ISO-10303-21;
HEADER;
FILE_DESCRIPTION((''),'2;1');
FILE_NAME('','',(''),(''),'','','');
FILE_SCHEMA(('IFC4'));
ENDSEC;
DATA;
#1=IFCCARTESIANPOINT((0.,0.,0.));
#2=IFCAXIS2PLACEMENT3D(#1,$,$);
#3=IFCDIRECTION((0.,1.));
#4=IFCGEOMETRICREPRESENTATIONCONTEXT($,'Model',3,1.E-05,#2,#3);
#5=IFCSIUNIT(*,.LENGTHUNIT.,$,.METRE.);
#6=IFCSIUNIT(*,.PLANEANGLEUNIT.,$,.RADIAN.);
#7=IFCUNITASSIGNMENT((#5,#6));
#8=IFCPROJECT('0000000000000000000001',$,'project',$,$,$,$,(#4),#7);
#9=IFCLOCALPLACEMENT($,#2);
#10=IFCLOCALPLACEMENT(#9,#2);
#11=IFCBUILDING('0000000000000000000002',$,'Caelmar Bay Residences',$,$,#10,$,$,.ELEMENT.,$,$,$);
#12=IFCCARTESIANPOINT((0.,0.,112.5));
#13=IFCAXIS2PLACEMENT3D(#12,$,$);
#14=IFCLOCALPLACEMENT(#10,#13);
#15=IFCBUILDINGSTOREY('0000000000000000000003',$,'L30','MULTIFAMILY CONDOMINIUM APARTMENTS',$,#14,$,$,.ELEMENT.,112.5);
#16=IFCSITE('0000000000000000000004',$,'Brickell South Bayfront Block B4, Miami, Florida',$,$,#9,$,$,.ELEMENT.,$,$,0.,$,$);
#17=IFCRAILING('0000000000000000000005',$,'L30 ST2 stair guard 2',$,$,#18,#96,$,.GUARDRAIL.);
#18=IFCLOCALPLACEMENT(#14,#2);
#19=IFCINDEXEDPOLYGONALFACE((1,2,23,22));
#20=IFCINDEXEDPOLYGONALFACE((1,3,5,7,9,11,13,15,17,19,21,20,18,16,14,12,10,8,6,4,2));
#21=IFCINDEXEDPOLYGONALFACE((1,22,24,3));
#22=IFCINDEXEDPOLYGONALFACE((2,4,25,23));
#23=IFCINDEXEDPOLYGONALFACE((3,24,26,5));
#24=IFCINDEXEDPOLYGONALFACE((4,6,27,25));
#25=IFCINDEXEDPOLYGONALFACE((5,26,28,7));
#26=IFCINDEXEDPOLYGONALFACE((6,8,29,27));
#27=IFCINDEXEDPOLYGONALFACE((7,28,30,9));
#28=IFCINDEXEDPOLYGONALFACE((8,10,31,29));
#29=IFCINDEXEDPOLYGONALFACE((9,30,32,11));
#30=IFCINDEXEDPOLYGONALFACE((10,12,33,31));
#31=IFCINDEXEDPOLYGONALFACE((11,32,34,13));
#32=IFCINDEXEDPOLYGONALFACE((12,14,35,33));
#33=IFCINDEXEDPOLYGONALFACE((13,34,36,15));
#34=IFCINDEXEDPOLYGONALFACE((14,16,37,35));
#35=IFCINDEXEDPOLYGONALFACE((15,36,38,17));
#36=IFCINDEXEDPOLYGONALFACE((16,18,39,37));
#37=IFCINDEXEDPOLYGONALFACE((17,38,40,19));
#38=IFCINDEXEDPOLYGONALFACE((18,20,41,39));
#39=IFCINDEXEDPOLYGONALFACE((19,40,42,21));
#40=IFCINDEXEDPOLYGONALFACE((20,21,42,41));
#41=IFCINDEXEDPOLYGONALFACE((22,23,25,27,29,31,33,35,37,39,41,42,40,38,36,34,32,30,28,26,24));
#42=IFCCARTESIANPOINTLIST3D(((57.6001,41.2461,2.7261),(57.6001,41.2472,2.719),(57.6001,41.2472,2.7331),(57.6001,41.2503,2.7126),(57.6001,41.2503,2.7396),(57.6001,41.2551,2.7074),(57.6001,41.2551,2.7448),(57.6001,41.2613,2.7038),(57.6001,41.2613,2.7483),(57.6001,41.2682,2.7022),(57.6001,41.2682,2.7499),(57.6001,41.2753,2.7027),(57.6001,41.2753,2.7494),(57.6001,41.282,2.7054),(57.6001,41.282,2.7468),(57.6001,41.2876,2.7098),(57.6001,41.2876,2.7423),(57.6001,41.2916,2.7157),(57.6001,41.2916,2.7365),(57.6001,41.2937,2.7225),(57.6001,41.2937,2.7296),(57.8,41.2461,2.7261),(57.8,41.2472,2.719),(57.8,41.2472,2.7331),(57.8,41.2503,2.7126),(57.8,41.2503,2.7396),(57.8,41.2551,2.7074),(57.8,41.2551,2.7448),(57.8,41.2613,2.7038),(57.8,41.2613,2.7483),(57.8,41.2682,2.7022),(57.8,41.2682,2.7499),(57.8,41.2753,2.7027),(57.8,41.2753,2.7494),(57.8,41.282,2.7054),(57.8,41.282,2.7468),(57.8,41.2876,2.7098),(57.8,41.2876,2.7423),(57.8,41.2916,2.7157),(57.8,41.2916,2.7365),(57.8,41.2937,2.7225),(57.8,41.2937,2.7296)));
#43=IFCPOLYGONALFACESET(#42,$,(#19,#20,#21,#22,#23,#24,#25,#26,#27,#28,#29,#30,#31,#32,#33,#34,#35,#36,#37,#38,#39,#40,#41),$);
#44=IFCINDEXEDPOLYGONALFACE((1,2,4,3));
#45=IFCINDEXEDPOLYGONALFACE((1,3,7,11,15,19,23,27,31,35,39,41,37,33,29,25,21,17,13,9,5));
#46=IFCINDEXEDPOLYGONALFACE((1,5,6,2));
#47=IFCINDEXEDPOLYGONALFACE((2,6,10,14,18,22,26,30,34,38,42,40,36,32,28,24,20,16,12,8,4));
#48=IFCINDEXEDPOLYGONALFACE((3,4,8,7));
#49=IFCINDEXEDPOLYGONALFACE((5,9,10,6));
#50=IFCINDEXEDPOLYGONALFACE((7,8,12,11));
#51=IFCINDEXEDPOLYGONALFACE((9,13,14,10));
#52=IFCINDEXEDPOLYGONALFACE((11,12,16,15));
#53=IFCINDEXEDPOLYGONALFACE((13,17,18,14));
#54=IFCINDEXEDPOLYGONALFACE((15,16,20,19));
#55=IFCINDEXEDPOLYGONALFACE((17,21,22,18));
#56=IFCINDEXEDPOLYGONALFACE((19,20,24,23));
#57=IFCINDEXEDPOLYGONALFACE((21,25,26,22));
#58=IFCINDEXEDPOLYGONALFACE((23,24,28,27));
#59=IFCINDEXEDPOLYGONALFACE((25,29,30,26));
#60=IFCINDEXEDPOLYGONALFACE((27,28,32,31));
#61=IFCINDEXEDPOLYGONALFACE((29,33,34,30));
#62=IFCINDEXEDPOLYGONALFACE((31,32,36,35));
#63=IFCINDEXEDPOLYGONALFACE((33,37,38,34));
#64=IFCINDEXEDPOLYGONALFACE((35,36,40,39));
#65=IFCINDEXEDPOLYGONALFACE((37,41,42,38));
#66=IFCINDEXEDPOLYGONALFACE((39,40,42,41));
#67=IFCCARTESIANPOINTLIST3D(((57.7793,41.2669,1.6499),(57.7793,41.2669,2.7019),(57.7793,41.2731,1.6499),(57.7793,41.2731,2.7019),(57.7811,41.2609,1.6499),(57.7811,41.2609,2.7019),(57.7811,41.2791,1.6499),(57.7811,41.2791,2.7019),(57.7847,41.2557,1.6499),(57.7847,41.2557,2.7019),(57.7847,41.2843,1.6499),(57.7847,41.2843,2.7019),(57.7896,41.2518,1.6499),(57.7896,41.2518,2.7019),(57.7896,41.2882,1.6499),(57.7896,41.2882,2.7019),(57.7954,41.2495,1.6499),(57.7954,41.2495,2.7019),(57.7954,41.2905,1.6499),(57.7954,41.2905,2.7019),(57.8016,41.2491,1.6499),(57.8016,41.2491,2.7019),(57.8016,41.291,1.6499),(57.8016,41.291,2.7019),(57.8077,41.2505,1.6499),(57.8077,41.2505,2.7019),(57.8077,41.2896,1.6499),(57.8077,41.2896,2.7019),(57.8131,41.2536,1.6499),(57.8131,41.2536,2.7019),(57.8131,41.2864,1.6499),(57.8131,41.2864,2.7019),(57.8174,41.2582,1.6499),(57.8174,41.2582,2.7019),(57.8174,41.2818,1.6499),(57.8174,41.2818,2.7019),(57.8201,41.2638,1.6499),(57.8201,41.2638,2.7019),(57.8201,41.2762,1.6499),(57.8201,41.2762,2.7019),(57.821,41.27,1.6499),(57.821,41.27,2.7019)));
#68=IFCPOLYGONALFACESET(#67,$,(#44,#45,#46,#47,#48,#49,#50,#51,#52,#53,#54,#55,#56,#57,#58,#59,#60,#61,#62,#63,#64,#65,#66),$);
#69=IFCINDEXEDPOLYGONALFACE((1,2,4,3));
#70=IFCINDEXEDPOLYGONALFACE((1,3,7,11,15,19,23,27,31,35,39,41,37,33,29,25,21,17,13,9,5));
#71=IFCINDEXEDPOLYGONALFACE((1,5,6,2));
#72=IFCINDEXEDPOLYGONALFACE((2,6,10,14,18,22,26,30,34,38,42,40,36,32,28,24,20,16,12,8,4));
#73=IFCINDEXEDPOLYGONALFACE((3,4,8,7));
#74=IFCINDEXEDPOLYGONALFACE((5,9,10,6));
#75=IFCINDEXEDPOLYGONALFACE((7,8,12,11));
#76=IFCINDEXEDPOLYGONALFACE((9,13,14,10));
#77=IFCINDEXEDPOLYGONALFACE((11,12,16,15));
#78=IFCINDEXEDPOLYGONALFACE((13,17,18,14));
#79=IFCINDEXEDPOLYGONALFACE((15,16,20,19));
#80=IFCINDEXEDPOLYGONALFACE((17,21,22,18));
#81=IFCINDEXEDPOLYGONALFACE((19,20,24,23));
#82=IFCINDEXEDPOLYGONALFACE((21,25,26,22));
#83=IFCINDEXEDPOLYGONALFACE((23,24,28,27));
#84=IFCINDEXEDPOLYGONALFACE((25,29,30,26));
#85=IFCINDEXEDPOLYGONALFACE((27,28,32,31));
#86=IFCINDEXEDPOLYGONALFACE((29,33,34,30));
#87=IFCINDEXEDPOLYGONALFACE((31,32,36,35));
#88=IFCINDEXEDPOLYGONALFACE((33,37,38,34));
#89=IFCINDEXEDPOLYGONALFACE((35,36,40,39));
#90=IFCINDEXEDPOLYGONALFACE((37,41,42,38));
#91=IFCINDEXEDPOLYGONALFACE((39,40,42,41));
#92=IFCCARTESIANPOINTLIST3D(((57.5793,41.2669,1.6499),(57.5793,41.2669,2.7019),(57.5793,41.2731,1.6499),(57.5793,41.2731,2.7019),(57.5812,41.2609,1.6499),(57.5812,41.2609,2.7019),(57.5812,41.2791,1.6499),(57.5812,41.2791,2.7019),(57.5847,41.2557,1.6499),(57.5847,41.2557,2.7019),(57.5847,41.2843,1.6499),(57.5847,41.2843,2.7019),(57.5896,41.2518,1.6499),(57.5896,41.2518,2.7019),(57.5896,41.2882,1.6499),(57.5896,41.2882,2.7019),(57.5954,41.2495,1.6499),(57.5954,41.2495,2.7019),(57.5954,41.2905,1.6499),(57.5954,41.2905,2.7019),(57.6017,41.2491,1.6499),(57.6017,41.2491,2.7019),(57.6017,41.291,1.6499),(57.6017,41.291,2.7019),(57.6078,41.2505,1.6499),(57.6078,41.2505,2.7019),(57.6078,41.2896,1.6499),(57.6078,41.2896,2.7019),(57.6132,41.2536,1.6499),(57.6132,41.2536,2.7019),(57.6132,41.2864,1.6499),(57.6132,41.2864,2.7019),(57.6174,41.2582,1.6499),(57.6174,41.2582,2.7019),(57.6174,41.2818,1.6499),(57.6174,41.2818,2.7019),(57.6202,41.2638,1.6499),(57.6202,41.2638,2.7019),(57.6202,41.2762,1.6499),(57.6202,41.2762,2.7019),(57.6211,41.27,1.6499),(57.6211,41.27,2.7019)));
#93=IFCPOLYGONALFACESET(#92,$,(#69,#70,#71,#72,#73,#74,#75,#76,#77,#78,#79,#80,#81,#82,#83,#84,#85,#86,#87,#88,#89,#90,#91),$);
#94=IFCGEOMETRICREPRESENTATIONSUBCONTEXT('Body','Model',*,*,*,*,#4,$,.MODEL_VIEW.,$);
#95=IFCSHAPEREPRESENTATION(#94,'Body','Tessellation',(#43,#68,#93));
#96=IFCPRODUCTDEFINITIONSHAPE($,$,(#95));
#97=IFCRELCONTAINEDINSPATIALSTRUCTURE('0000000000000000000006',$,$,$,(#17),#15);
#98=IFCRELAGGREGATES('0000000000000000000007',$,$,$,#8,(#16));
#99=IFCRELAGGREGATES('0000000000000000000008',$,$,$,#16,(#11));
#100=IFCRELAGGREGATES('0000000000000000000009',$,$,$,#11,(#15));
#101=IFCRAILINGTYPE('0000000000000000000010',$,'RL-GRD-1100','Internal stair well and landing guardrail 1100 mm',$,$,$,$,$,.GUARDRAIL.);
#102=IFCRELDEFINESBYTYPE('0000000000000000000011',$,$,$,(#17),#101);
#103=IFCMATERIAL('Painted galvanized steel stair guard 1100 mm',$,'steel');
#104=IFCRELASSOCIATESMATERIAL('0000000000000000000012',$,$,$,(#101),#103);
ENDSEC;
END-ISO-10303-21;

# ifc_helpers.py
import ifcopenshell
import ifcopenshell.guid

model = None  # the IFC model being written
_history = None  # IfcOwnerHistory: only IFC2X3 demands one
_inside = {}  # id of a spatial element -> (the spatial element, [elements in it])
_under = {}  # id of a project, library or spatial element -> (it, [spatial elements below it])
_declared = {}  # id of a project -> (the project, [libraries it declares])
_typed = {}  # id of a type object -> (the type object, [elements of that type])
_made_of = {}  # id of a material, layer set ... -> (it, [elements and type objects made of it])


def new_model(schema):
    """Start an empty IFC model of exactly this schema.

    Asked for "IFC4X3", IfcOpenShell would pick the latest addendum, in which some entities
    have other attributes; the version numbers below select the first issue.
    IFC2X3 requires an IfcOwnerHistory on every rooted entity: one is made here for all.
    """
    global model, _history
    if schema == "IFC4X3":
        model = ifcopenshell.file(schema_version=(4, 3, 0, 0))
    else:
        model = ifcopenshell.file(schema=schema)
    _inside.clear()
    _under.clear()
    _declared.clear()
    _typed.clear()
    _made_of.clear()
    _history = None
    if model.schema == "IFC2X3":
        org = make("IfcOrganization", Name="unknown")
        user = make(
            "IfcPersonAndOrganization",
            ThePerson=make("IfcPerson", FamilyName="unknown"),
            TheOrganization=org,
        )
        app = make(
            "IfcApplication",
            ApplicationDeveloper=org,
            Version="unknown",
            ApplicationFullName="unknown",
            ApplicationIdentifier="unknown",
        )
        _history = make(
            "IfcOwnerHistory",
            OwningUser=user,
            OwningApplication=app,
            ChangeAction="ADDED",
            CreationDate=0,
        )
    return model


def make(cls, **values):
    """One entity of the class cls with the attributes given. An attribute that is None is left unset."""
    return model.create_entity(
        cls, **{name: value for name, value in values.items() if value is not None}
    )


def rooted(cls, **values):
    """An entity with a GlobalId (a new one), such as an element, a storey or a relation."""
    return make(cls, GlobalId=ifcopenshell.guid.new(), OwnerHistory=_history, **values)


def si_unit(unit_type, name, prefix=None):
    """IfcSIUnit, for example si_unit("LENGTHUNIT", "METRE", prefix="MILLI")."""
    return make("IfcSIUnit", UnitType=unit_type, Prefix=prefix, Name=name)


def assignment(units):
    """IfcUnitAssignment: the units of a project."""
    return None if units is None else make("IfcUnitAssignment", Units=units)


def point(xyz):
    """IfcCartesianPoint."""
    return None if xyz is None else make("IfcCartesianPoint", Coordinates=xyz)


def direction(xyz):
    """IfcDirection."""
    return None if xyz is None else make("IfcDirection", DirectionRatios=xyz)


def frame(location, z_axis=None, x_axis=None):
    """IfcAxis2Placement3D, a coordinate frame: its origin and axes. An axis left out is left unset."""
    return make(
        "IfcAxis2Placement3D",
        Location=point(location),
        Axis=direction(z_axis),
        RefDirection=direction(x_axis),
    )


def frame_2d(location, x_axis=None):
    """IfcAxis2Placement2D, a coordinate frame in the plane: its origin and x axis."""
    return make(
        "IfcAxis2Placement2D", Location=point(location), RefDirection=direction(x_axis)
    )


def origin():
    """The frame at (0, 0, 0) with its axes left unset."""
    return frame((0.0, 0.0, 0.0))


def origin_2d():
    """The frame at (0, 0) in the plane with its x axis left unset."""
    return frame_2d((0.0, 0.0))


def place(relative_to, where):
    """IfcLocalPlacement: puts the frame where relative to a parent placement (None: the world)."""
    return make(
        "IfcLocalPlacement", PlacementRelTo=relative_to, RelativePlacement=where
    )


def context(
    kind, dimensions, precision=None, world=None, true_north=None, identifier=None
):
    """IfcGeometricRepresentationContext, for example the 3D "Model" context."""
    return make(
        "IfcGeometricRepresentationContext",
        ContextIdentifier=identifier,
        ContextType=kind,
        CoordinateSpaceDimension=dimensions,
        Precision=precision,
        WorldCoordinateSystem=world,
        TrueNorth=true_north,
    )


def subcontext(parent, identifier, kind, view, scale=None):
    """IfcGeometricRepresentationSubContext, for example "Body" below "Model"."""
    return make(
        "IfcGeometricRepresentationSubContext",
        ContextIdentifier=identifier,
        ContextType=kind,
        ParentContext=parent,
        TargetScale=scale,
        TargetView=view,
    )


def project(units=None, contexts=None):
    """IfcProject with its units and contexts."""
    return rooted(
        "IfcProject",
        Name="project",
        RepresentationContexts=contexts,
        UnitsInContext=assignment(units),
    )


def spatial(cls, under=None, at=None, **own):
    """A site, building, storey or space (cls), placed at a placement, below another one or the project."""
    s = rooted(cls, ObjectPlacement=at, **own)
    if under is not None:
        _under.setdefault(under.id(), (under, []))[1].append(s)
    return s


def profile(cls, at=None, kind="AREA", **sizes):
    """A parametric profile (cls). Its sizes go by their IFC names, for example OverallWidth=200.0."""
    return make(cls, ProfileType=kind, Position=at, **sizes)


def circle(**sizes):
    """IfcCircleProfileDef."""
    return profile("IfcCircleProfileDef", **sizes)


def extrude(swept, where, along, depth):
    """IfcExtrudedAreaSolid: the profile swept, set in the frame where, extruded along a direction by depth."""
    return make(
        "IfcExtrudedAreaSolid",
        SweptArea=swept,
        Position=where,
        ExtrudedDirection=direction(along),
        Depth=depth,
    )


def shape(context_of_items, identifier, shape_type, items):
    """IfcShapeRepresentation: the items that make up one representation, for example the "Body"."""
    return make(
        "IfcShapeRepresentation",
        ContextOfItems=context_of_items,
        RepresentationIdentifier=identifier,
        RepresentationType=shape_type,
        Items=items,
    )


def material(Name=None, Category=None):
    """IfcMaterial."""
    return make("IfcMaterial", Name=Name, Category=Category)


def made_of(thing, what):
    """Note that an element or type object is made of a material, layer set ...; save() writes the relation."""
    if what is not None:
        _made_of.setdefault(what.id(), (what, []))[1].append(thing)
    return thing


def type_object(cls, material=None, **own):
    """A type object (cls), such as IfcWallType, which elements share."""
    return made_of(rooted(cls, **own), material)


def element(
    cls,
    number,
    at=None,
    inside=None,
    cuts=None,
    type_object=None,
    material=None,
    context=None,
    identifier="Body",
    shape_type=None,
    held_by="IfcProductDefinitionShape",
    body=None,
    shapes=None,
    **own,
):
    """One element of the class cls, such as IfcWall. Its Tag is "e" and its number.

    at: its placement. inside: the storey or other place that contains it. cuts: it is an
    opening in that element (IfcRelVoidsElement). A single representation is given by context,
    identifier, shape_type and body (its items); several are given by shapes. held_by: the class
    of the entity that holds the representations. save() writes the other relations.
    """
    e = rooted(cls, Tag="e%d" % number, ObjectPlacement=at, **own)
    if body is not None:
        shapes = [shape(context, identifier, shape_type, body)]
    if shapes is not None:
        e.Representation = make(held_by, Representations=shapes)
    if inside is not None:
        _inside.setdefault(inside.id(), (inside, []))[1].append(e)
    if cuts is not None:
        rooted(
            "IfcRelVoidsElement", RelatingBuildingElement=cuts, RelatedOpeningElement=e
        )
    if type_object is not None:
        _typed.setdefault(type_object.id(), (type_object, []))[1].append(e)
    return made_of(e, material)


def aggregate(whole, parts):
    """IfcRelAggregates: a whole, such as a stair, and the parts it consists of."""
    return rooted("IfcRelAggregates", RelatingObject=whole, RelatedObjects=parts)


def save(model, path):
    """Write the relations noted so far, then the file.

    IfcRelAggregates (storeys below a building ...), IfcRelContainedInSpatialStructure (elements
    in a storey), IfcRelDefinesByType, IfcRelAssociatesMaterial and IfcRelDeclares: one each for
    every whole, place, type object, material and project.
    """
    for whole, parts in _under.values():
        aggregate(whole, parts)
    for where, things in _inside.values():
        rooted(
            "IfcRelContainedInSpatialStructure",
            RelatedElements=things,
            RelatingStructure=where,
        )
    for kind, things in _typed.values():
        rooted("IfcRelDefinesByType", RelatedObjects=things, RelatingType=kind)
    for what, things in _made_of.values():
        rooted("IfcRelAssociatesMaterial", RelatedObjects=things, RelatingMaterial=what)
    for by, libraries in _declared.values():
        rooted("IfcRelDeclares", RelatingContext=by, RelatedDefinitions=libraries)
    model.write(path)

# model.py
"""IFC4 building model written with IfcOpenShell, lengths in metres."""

from ifc_helpers import new_model, si_unit, direction, frame, origin, origin_2d, place, context, subcontext, project, spatial, circle, extrude, material, type_object, element, save


model = new_model("IFC4")

# Units and contexts
model_context = context("Model", 3, precision=1e-05, world=origin(), true_north=direction((0.0, 1.0)))
body_context = subcontext(model_context, "Body", "Model", "MODEL_VIEW")
ifc_project = project(units=[si_unit("LENGTHUNIT", "METRE"), si_unit("PLANEANGLEUNIT", "RADIAN")], contexts=[model_context])

# Site, building, storey
site_placement = place(None, origin())
site = spatial("IfcSite", under=ifc_project, at=site_placement, Name="Brickell South Bayfront Block B4, Miami, Florida", CompositionType="ELEMENT", RefElevation=0.0)
building_placement = place(site_placement, origin())
building = spatial("IfcBuilding", under=site, at=building_placement, Name="Caelmar Bay Residences", CompositionType="ELEMENT")
storey_placement = place(building_placement, frame((0.0, 0.0, 112.5)))
storey = spatial("IfcBuildingStorey", under=building, at=storey_placement, Name="L30", Description="MULTIFAMILY CONDOMINIUM APARTMENTS", CompositionType="ELEMENT", Elevation=112.5)

# Railing
ifc_material_1 = material(Name="Painted galvanized steel stair guard 1100 mm", Category="steel")
railing_type_1 = type_object("IfcRailingType", Name="RL-GRD-1100", Description="Internal stair well and landing guardrail 1100 mm", PredefinedType="GUARDRAIL", material=ifc_material_1)
railing_1_placement = place(storey_placement, frame((57.8, 41.27, 1.6499)))
element("IfcRailing", 1, at=railing_1_placement, inside=storey, type_object=railing_type_1, Name="L30 ST2 stair guard 2", PredefinedType="GUARDRAIL", context=body_context, shape_type="SweptSolid", body=[
    extrude(circle(Radius=0.0239, at=origin_2d()), frame((0.0, 0.0, 1.0762), z_axis=(-1.0, 0.0, 0.0), x_axis=(0.0, -1.0, 0.0)), (0.0, 0.0, 1.0), 0.2),
    extrude(circle(Radius=0.021, at=origin_2d()), origin(), (0.0, 0.0, 1.0), 1.052),
    extrude(circle(Radius=0.021, at=origin_2d()), frame((-0.2, 0.0, 0.0)), (0.0, 0.0, 1.0), 1.052),
])

save(model, "model.ifc")
